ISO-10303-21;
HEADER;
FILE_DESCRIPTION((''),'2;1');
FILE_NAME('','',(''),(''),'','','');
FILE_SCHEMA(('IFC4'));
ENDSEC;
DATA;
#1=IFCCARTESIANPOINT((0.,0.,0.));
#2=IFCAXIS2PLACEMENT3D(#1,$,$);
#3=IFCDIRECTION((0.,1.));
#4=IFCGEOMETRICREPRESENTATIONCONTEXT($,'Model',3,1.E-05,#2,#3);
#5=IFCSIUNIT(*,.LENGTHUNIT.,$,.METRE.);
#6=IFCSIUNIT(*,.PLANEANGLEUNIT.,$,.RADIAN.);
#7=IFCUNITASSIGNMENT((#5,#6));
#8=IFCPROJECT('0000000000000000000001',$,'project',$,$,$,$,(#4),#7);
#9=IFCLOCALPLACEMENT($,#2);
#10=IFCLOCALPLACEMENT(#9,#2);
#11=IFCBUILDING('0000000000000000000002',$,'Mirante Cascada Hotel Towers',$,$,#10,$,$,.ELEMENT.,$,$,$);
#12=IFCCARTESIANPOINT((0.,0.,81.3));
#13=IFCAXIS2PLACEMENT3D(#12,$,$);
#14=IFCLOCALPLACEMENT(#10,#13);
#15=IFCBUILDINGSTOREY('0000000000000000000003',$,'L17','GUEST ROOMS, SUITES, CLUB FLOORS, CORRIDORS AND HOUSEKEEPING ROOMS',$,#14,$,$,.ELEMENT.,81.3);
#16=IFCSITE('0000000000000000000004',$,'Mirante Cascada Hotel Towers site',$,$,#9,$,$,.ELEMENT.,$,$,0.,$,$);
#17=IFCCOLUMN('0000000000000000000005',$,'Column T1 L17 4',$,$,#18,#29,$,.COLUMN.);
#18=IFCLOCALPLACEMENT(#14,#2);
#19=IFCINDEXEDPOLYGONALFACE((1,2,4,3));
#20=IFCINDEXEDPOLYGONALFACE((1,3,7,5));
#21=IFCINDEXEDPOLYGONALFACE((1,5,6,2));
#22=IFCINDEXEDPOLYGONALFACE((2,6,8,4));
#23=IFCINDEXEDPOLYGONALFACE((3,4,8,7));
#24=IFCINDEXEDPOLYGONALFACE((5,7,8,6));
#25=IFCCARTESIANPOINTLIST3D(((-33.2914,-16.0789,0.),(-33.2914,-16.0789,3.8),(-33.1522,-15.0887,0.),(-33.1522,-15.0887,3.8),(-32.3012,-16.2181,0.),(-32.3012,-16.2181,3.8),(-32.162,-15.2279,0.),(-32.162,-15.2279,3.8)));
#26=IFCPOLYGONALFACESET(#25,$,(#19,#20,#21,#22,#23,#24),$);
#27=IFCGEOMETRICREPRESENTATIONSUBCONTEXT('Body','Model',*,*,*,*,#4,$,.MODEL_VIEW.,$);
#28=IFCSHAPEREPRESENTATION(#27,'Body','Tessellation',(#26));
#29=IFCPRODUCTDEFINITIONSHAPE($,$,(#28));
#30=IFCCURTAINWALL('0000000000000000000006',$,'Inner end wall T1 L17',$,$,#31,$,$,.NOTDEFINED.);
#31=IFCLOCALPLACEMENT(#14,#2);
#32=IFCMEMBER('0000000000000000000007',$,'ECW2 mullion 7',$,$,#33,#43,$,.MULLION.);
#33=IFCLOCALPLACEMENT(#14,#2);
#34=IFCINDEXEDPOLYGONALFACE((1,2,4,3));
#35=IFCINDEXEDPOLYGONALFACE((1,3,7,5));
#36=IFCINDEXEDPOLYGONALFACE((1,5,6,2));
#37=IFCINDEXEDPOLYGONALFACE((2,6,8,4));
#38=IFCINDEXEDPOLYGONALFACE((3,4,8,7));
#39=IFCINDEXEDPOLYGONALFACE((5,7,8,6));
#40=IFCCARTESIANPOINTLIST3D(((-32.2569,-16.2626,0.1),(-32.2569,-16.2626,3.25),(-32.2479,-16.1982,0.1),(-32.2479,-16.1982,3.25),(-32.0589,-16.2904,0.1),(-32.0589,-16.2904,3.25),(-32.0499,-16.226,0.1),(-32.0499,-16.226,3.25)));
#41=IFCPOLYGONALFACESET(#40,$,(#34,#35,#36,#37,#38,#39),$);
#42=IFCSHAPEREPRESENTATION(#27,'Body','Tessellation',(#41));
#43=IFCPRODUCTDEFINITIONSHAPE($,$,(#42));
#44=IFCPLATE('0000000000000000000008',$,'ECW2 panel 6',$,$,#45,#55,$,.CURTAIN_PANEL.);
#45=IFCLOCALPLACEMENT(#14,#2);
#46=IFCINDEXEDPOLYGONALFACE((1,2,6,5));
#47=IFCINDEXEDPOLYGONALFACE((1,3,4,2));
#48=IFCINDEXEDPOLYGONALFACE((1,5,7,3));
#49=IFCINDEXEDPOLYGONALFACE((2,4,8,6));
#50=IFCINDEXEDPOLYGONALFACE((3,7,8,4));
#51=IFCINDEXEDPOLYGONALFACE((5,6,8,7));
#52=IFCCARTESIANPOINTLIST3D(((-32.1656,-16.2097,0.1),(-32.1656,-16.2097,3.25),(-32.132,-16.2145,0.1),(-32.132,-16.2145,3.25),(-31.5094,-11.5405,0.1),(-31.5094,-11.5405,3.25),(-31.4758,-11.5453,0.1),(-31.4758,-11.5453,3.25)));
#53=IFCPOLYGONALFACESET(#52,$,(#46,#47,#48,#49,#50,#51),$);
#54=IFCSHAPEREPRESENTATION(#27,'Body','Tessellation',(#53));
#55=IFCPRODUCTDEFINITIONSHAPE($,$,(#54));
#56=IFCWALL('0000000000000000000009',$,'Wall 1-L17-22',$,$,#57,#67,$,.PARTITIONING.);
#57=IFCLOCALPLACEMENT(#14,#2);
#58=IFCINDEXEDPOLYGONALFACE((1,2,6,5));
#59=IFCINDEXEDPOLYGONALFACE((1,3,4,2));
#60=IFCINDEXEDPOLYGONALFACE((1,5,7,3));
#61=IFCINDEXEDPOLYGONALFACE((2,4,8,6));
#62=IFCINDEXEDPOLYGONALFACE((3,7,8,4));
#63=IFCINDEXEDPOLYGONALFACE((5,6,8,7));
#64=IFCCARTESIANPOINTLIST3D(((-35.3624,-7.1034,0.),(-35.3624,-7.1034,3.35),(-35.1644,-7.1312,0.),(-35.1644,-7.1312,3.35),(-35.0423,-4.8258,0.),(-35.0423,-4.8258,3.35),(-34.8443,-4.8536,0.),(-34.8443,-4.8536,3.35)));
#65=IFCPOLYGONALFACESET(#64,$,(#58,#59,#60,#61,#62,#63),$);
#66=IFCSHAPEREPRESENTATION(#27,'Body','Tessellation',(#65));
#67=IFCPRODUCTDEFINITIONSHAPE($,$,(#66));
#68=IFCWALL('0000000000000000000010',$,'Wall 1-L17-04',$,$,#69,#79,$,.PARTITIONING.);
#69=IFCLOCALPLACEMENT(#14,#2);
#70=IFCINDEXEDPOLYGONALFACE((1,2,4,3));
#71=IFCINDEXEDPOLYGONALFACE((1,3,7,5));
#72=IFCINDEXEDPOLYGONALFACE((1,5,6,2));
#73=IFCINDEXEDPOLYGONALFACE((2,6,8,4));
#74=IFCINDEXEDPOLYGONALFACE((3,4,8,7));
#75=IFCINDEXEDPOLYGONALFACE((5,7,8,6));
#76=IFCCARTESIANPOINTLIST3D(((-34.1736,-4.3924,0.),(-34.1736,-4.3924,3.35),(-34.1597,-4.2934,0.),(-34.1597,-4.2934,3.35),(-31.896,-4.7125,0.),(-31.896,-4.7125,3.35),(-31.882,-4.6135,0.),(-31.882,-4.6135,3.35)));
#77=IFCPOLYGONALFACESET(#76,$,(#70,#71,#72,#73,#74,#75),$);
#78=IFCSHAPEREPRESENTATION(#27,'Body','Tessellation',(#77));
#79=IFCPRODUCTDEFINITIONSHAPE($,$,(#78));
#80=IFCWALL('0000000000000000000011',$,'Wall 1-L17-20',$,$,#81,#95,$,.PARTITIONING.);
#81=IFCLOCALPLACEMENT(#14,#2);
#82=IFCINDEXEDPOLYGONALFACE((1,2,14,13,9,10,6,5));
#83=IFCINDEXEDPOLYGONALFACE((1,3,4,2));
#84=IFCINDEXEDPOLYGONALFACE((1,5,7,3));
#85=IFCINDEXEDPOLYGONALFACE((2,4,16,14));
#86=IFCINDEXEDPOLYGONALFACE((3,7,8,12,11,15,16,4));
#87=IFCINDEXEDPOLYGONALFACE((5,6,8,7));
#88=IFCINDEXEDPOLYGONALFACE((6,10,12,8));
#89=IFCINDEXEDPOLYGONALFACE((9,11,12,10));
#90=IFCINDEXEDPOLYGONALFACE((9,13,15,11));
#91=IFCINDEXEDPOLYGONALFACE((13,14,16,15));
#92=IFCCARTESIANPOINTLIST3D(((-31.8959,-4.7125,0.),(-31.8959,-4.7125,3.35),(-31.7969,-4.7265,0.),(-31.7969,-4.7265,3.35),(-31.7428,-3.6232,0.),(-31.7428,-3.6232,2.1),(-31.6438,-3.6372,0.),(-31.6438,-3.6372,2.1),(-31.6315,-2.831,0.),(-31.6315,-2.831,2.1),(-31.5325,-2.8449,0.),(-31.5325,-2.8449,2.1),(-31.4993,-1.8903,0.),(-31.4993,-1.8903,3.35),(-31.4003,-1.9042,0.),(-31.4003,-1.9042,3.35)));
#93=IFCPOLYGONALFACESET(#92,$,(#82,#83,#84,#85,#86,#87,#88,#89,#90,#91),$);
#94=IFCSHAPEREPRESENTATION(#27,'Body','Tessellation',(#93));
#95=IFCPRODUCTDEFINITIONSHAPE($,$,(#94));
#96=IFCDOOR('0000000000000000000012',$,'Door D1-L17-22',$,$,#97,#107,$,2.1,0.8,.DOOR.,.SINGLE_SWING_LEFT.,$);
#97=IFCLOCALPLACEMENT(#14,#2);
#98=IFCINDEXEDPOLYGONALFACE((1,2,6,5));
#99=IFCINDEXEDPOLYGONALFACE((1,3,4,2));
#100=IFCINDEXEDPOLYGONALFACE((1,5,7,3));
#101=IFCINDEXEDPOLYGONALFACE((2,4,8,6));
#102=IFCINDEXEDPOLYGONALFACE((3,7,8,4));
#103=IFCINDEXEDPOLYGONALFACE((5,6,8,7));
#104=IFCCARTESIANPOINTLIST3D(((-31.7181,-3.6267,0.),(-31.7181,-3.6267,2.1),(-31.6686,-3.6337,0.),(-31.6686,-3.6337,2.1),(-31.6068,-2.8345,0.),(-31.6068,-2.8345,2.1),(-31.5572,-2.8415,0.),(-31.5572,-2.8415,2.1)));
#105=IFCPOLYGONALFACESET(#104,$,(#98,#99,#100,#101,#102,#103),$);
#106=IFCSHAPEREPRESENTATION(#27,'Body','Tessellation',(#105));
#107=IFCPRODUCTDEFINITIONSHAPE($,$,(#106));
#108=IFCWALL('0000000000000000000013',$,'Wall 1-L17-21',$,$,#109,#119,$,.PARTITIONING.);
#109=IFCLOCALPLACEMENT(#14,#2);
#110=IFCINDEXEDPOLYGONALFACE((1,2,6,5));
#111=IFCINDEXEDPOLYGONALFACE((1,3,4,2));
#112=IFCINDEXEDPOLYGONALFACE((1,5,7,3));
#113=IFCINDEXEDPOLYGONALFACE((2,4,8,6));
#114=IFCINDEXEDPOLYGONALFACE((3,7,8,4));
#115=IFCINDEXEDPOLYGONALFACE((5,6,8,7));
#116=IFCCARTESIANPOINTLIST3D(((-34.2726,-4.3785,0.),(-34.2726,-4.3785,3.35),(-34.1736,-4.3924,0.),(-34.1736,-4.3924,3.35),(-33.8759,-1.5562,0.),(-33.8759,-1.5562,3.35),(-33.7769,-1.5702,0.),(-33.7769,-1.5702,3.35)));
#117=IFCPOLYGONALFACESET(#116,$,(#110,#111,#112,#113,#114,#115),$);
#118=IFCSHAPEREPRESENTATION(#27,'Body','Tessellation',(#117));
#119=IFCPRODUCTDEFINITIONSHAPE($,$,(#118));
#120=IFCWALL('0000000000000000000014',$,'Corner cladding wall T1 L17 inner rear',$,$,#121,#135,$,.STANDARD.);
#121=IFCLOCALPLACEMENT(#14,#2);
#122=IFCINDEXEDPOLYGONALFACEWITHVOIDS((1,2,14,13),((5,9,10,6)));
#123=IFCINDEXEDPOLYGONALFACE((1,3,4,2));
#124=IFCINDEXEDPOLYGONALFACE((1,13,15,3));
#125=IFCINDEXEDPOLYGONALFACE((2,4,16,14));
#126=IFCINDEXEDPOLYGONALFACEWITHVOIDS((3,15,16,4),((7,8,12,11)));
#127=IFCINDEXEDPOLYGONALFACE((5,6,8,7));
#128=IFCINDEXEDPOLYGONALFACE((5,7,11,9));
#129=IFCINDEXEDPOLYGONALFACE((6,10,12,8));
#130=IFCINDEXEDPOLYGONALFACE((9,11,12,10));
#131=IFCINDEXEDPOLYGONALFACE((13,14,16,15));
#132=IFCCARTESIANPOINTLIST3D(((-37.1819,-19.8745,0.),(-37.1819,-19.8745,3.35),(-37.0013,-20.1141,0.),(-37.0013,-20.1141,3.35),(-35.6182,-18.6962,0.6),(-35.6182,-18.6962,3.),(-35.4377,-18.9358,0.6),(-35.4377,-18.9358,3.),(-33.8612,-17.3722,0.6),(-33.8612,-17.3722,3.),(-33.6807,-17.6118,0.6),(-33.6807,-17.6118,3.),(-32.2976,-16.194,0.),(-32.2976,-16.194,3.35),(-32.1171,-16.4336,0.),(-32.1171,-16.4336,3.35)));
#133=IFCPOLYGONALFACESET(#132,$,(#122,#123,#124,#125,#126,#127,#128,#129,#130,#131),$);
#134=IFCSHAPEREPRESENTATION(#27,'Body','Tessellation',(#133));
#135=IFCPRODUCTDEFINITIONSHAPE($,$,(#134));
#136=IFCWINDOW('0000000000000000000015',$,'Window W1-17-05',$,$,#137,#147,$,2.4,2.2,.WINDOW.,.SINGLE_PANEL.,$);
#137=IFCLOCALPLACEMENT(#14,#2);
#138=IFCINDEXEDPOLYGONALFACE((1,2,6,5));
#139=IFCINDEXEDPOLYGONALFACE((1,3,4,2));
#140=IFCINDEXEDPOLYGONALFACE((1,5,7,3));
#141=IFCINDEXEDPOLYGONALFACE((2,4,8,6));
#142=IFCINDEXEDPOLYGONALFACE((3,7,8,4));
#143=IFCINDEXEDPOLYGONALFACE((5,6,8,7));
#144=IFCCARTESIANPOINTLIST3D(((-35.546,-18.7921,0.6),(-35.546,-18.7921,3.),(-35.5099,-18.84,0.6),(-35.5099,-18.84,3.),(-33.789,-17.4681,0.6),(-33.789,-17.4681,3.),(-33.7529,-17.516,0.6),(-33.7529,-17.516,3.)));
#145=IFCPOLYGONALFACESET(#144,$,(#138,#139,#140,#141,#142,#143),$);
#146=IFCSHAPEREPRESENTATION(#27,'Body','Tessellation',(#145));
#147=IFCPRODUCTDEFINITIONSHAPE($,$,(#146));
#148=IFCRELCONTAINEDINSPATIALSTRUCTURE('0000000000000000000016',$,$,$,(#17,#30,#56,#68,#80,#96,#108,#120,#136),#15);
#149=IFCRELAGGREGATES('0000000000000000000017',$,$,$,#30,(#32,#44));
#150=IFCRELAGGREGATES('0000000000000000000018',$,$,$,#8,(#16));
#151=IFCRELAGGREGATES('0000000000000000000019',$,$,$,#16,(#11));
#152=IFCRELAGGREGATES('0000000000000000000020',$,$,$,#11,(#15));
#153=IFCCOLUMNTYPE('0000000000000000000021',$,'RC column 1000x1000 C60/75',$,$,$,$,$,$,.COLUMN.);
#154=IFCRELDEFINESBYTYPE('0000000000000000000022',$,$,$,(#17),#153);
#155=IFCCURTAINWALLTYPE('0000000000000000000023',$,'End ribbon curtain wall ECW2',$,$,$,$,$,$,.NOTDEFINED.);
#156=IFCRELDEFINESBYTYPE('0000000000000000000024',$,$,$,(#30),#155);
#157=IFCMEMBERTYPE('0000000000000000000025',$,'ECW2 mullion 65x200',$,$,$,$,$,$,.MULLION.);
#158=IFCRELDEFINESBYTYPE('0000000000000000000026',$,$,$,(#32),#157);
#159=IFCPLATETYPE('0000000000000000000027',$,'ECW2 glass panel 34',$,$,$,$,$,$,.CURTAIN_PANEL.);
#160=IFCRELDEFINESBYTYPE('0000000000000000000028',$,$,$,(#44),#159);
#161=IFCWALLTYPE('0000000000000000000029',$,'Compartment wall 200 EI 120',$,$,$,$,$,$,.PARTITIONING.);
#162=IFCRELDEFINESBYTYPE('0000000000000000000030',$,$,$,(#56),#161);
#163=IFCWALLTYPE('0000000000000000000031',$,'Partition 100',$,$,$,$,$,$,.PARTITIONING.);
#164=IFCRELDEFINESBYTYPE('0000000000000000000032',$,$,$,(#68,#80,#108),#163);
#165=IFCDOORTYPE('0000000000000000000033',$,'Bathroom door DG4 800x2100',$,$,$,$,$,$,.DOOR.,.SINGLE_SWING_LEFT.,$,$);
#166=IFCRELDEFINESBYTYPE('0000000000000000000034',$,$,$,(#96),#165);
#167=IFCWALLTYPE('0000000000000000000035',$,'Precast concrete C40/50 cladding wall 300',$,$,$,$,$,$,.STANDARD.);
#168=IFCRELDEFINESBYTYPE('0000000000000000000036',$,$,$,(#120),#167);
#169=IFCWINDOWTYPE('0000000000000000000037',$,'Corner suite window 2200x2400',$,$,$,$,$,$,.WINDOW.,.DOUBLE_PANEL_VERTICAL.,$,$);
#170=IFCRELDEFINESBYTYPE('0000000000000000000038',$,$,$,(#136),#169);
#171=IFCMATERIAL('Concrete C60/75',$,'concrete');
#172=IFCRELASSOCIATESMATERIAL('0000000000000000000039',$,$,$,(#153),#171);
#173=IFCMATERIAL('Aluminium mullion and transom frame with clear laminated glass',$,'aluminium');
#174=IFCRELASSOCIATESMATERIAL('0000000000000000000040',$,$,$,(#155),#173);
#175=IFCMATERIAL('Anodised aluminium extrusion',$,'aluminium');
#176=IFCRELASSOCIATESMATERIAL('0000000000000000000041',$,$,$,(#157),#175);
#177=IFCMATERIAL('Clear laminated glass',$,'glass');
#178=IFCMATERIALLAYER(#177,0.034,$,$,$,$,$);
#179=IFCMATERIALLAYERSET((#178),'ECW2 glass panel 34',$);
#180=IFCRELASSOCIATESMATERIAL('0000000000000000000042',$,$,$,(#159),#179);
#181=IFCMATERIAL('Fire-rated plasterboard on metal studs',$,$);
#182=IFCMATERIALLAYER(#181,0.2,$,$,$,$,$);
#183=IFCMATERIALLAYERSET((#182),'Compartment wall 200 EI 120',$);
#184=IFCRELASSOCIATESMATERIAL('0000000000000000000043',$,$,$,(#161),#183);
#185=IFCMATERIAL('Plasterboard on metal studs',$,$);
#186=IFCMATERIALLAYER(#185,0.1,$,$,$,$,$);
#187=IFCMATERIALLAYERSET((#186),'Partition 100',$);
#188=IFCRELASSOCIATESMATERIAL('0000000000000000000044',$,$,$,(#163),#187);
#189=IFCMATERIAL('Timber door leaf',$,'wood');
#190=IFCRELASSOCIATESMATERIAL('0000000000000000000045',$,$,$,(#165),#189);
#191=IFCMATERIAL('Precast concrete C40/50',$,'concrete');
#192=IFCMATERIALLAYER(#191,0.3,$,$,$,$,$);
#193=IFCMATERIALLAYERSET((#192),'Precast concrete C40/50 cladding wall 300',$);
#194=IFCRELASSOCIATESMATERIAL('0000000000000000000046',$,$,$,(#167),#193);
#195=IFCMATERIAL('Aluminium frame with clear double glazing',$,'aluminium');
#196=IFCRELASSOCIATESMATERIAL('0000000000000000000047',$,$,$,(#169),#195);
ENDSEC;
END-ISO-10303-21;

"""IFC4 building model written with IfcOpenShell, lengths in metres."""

from ifc_helpers import new_model, si_unit, direction, frame, frame_2d, origin, origin_2d, place, context, subcontext, project, spatial, rectangle, extrude, material, layer, layer_set, material_profile, profile_set, type_object, element, fill, aggregate, save


model = new_model("IFC4")

# Units and contexts
model_context = context("Model", 3, precision=1e-05, world=origin(), true_north=direction((0.0, 1.0)))
body_context = subcontext(model_context, "Body", "Model", "MODEL_VIEW")
ifc_project = project(units=[si_unit("LENGTHUNIT", "METRE"), si_unit("PLANEANGLEUNIT", "RADIAN")], contexts=[model_context])

# Site, building, storey
site_placement = place(None, origin())
site = spatial("IfcSite", under=ifc_project, at=site_placement, Name="Mirante Cascada Hotel Towers site", CompositionType="ELEMENT", RefElevation=0.0)
building_placement = place(site_placement, origin())
building = spatial("IfcBuilding", under=site, at=building_placement, Name="Mirante Cascada Hotel Towers", CompositionType="ELEMENT")
storey_placement = place(building_placement, frame((0.0, 0.0, 81.3)))
storey = spatial("IfcBuildingStorey", under=building, at=storey_placement, Name="L17", Description="GUEST ROOMS, SUITES, CLUB FLOORS, CORRIDORS AND HOUSEKEEPING ROOMS", CompositionType="ELEMENT", Elevation=81.3)

# Column
ifc_material_1 = material(Name="Concrete C60/75", Category="concrete")
ifc_material_profile_1 = material_profile(ifc_material_1, rectangle(XDim=1.0, YDim=1.0, at=origin_2d()), Name="RC column 1000x1000 C60/75")
ifc_profile_set_1 = profile_set([ifc_material_profile_1], Name="Concrete C60/75")
column_type = type_object("IfcColumnType", Name="RC column 1000x1000 C60/75", PredefinedType="COLUMN", material=ifc_profile_set_1)
column_placement = place(storey_placement, frame((-32.7267, -15.6534, 0.0), z_axis=(0.0, 0.0, 1.0), x_axis=(-0.990268, 0.139173, 0.0)))
element("IfcColumn", 1, at=column_placement, inside=storey, type_object=column_type, Name="Column T1 L17 4", PredefinedType="COLUMN", context=body_context, shape_type="SweptSolid", body=[
    extrude(rectangle(XDim=1.0, YDim=1.0, at=origin_2d()), origin(), (0.0, 0.0, 1.0), 3.8),
])

# Curtain wall, member, plate
ifc_material_2 = material(Name="Aluminium mullion and transom frame with clear laminated glass", Category="aluminium")
curtain_wall_type = type_object("IfcCurtainWallType", Name="End ribbon curtain wall ECW2", PredefinedType="NOTDEFINED", material=ifc_material_2)
curtain_wall_placement = place(storey_placement, origin())
curtain_wall = element("IfcCurtainWall", 2, at=curtain_wall_placement, inside=storey, type_object=curtain_wall_type, Name="Inner end wall T1 L17", PredefinedType="NOTDEFINED")
ifc_material_3 = material(Name="Anodised aluminium extrusion", Category="aluminium")
ifc_material_profile_2 = material_profile(ifc_material_3, rectangle(XDim=0.2, YDim=0.065, at=origin_2d()), Name="ECW2 MULLION 65x200")
ifc_profile_set_2 = profile_set([ifc_material_profile_2], Name="Anodised aluminium extrusion")
member_type = type_object("IfcMemberType", Name="ECW2 mullion 65x200", PredefinedType="MULLION", material=ifc_profile_set_2)
member_placement = place(storey_placement, frame((-32.1534, -16.2443, 0.1), z_axis=(0.0, 0.0, 1.0), x_axis=(0.990268, -0.139173, 0.0)))
member = element("IfcMember", 3, at=member_placement, type_object=member_type, Name="ECW2 mullion 7", PredefinedType="MULLION", context=body_context, shape_type="SweptSolid", body=[
    extrude(rectangle(XDim=0.2, YDim=0.065, at=origin_2d()), origin(), (0.0, 0.0, 1.0), 3.15),
])
ifc_material_4 = material(Name="Clear laminated glass", Category="glass")
ifc_layer_1 = layer(ifc_material_4, 0.034)
ifc_layer_set_1 = layer_set([ifc_layer_1], Name="ECW2 glass panel 34")
plate_type = type_object("IfcPlateType", Name="ECW2 glass panel 34", PredefinedType="CURTAIN_PANEL", material=ifc_layer_set_1)
plate_placement = place(storey_placement, frame((-31.8207, -13.8775, 0.1), z_axis=(0.0, 0.0, 1.0), x_axis=(-0.139173, -0.990268, 0.0)))
plate = element("IfcPlate", 4, at=plate_placement, type_object=plate_type, Name="ECW2 panel 6", PredefinedType="CURTAIN_PANEL", context=body_context, shape_type="SweptSolid", body=[
    extrude(rectangle(XDim=4.7151, YDim=0.034, at=origin_2d()), origin(), (0.0, 0.0, 1.0), 3.15),
])
aggregate(curtain_wall, [member, plate])

# Walls
ifc_material_5 = material(Name="Fire-rated plasterboard on metal studs")
ifc_layer_2 = layer(ifc_material_5, 0.2)
ifc_layer_set_2 = layer_set([ifc_layer_2], Name="Compartment wall 200 EI 120")
wall_type_1 = type_object("IfcWallType", Name="Compartment wall 200 EI 120", PredefinedType="PARTITIONING", material=ifc_layer_set_2)
wall_1_placement = place(storey_placement, frame((-35.2634, -7.1173, 0.0), z_axis=(0.0, 0.0, 1.0), x_axis=(0.139175, 0.990268, 0.0)))
element("IfcWall", 5, at=wall_1_placement, inside=storey, type_object=wall_type_1, Name="Wall 1-L17-22", PredefinedType="PARTITIONING", context=body_context, shape_type="SweptSolid", body=[
    extrude(rectangle(XDim=2.3, YDim=0.2, at=frame_2d((1.15, 0.0))), origin(), (0.0, 0.0, 1.0), 3.35),
])
ifc_material_6 = material(Name="Plasterboard on metal studs")
ifc_layer_3 = layer(ifc_material_6, 0.1)
ifc_layer_set_3 = layer_set([ifc_layer_3], Name="Partition 100")
wall_type_2 = type_object("IfcWallType", Name="Partition 100", PredefinedType="PARTITIONING", material=ifc_layer_set_3)
wall_2_placement = place(storey_placement, frame((-31.889, -4.663, 0.0), z_axis=(0.0, 0.0, 1.0), x_axis=(-0.990268, 0.139175, 0.0)))
element("IfcWall", 6, at=wall_2_placement, inside=storey, type_object=wall_type_2, Name="Wall 1-L17-04", PredefinedType="PARTITIONING", context=body_context, shape_type="SweptSolid", body=[
    extrude(rectangle(XDim=2.3, YDim=0.1, at=frame_2d((1.15, 0.0))), origin(), (0.0, 0.0, 1.0), 3.35),
])

# Wall, opening, door
wall_3_placement = place(storey_placement, frame((-31.8464, -4.7195, 0.0), z_axis=(0.0, 0.0, 1.0), x_axis=(0.139156, 0.99027, 0.0)))
wall_3 = element("IfcWall", 7, at=wall_3_placement, inside=storey, type_object=wall_type_2, Name="Wall 1-L17-20", PredefinedType="PARTITIONING", context=body_context, shape_type="SweptSolid", body=[
    extrude(rectangle(XDim=2.85, YDim=0.1, at=frame_2d((1.425, 0.0))), origin(), (0.0, 0.0, 1.0), 3.35),
])
opening_1_placement = place(wall_3_placement, frame((1.1, 0.0, 0.0)))
opening_1 = element("IfcOpeningElement", 8, at=opening_1_placement, cuts=wall_3, PredefinedType="OPENING", context=body_context, shape_type="SweptSolid", body=[
    extrude(rectangle(XDim=0.8, YDim=2.1, at=frame_2d((0.4, 1.05))), frame((0.0, 0.05, 0.0), z_axis=(0.0, -1.0, 0.0), x_axis=(1.0, 0.0, 0.0)), (0.0, 0.0, 1.0), 0.1),
])
ifc_material_7 = material(Name="Timber door leaf", Category="wood")
door_type_1 = type_object("IfcDoorType", Name="Bathroom door DG4 800x2100", OperationType="SINGLE_SWING_LEFT", PredefinedType="DOOR", material=ifc_material_7)
door_1_placement = place(opening_1_placement, origin())
door_1 = element("IfcDoor", 9, at=door_1_placement, inside=storey, type_object=door_type_1, Name="Door D1-L17-22", OperationType="SINGLE_SWING_LEFT", OverallHeight=2.1, OverallWidth=0.8, PredefinedType="DOOR", context=body_context, shape_type="SweptSolid", body=[
    extrude(rectangle(XDim=0.8, YDim=2.1, at=frame_2d((0.4, 1.05))), frame((0.0, 0.025, 0.0), z_axis=(0.0, -1.0, 0.0), x_axis=(1.0, 0.0, 0.0)), (0.0, 0.0, 1.0), 0.05),
])
fill(opening_1, door_1)

# Wall
wall_4_placement = place(storey_placement, frame((-33.8264, -1.5632, 0.0), z_axis=(0.0, 0.0, 1.0), x_axis=(-0.139191, -0.990266, 0.0)))
element("IfcWall", 10, at=wall_4_placement, inside=storey, type_object=wall_type_2, Name="Wall 1-L17-21", PredefinedType="PARTITIONING", context=body_context, shape_type="SweptSolid", body=[
    extrude(rectangle(XDim=2.85, YDim=0.1, at=frame_2d((1.425, 0.0))), origin(), (0.0, 0.0, 1.0), 3.35),
])

# Wall, opening, window
ifc_material_8 = material(Name="Precast concrete C40/50", Category="concrete")
ifc_layer_4 = layer(ifc_material_8, 0.3)
ifc_layer_set_4 = layer_set([ifc_layer_4], Name="Precast concrete C40/50 cladding wall 300")
wall_type_3 = type_object("IfcWallType", Name="Precast concrete C40/50 cladding wall 300", PredefinedType="STANDARD", material=ifc_layer_set_4)
wall_5_placement = place(storey_placement, frame((-32.2074, -16.3138, 0.0), z_axis=(0.0, 0.0, 1.0), x_axis=(-0.798636, -0.601814, 0.0)))
wall_5 = element("IfcWall", 11, at=wall_5_placement, inside=storey, type_object=wall_type_3, Name="Corner cladding wall T1 L17 inner rear", PredefinedType="STANDARD", context=body_context, shape_type="SweptSolid", body=[
    extrude(rectangle(XDim=6.1157, YDim=0.3, at=frame_2d((3.0578, 0.0))), origin(), (0.0, 0.0, 1.0), 3.35),
])
opening_2_placement = place(wall_5_placement, frame((1.9578, 0.0, 0.6)))
opening_2 = element("IfcOpeningElement", 12, at=opening_2_placement, cuts=wall_5, PredefinedType="OPENING", context=body_context, shape_type="SweptSolid", body=[
    extrude(rectangle(XDim=2.2, YDim=2.4, at=frame_2d((1.1, 1.2))), frame((0.0, 0.15, 0.0), z_axis=(0.0, -1.0, 0.0), x_axis=(1.0, 0.0, 0.0)), (0.0, 0.0, 1.0), 0.3),
])
ifc_material_9 = material(Name="Aluminium frame with clear double glazing", Category="aluminium")
window_type = type_object("IfcWindowType", Name="Corner suite window 2200x2400", PartitioningType="DOUBLE_PANEL_VERTICAL", PredefinedType="WINDOW", material=ifc_material_9)
window_placement = place(opening_2_placement, origin())
window = element("IfcWindow", 13, at=window_placement, inside=storey, type_object=window_type, Name="Window W1-17-05", OverallHeight=2.4, OverallWidth=2.2, PartitioningType="SINGLE_PANEL", PredefinedType="WINDOW", context=body_context, shape_type="SweptSolid", body=[
    extrude(rectangle(XDim=2.2, YDim=2.4, at=frame_2d((1.1, 1.2))), frame((0.0, 0.03, 0.0), z_axis=(0.0, -1.0, 0.0), x_axis=(1.0, 0.0, 0.0)), (0.0, 0.0, 1.0), 0.06),
])
fill(opening_2, window)

save(model, "model.ifc")
